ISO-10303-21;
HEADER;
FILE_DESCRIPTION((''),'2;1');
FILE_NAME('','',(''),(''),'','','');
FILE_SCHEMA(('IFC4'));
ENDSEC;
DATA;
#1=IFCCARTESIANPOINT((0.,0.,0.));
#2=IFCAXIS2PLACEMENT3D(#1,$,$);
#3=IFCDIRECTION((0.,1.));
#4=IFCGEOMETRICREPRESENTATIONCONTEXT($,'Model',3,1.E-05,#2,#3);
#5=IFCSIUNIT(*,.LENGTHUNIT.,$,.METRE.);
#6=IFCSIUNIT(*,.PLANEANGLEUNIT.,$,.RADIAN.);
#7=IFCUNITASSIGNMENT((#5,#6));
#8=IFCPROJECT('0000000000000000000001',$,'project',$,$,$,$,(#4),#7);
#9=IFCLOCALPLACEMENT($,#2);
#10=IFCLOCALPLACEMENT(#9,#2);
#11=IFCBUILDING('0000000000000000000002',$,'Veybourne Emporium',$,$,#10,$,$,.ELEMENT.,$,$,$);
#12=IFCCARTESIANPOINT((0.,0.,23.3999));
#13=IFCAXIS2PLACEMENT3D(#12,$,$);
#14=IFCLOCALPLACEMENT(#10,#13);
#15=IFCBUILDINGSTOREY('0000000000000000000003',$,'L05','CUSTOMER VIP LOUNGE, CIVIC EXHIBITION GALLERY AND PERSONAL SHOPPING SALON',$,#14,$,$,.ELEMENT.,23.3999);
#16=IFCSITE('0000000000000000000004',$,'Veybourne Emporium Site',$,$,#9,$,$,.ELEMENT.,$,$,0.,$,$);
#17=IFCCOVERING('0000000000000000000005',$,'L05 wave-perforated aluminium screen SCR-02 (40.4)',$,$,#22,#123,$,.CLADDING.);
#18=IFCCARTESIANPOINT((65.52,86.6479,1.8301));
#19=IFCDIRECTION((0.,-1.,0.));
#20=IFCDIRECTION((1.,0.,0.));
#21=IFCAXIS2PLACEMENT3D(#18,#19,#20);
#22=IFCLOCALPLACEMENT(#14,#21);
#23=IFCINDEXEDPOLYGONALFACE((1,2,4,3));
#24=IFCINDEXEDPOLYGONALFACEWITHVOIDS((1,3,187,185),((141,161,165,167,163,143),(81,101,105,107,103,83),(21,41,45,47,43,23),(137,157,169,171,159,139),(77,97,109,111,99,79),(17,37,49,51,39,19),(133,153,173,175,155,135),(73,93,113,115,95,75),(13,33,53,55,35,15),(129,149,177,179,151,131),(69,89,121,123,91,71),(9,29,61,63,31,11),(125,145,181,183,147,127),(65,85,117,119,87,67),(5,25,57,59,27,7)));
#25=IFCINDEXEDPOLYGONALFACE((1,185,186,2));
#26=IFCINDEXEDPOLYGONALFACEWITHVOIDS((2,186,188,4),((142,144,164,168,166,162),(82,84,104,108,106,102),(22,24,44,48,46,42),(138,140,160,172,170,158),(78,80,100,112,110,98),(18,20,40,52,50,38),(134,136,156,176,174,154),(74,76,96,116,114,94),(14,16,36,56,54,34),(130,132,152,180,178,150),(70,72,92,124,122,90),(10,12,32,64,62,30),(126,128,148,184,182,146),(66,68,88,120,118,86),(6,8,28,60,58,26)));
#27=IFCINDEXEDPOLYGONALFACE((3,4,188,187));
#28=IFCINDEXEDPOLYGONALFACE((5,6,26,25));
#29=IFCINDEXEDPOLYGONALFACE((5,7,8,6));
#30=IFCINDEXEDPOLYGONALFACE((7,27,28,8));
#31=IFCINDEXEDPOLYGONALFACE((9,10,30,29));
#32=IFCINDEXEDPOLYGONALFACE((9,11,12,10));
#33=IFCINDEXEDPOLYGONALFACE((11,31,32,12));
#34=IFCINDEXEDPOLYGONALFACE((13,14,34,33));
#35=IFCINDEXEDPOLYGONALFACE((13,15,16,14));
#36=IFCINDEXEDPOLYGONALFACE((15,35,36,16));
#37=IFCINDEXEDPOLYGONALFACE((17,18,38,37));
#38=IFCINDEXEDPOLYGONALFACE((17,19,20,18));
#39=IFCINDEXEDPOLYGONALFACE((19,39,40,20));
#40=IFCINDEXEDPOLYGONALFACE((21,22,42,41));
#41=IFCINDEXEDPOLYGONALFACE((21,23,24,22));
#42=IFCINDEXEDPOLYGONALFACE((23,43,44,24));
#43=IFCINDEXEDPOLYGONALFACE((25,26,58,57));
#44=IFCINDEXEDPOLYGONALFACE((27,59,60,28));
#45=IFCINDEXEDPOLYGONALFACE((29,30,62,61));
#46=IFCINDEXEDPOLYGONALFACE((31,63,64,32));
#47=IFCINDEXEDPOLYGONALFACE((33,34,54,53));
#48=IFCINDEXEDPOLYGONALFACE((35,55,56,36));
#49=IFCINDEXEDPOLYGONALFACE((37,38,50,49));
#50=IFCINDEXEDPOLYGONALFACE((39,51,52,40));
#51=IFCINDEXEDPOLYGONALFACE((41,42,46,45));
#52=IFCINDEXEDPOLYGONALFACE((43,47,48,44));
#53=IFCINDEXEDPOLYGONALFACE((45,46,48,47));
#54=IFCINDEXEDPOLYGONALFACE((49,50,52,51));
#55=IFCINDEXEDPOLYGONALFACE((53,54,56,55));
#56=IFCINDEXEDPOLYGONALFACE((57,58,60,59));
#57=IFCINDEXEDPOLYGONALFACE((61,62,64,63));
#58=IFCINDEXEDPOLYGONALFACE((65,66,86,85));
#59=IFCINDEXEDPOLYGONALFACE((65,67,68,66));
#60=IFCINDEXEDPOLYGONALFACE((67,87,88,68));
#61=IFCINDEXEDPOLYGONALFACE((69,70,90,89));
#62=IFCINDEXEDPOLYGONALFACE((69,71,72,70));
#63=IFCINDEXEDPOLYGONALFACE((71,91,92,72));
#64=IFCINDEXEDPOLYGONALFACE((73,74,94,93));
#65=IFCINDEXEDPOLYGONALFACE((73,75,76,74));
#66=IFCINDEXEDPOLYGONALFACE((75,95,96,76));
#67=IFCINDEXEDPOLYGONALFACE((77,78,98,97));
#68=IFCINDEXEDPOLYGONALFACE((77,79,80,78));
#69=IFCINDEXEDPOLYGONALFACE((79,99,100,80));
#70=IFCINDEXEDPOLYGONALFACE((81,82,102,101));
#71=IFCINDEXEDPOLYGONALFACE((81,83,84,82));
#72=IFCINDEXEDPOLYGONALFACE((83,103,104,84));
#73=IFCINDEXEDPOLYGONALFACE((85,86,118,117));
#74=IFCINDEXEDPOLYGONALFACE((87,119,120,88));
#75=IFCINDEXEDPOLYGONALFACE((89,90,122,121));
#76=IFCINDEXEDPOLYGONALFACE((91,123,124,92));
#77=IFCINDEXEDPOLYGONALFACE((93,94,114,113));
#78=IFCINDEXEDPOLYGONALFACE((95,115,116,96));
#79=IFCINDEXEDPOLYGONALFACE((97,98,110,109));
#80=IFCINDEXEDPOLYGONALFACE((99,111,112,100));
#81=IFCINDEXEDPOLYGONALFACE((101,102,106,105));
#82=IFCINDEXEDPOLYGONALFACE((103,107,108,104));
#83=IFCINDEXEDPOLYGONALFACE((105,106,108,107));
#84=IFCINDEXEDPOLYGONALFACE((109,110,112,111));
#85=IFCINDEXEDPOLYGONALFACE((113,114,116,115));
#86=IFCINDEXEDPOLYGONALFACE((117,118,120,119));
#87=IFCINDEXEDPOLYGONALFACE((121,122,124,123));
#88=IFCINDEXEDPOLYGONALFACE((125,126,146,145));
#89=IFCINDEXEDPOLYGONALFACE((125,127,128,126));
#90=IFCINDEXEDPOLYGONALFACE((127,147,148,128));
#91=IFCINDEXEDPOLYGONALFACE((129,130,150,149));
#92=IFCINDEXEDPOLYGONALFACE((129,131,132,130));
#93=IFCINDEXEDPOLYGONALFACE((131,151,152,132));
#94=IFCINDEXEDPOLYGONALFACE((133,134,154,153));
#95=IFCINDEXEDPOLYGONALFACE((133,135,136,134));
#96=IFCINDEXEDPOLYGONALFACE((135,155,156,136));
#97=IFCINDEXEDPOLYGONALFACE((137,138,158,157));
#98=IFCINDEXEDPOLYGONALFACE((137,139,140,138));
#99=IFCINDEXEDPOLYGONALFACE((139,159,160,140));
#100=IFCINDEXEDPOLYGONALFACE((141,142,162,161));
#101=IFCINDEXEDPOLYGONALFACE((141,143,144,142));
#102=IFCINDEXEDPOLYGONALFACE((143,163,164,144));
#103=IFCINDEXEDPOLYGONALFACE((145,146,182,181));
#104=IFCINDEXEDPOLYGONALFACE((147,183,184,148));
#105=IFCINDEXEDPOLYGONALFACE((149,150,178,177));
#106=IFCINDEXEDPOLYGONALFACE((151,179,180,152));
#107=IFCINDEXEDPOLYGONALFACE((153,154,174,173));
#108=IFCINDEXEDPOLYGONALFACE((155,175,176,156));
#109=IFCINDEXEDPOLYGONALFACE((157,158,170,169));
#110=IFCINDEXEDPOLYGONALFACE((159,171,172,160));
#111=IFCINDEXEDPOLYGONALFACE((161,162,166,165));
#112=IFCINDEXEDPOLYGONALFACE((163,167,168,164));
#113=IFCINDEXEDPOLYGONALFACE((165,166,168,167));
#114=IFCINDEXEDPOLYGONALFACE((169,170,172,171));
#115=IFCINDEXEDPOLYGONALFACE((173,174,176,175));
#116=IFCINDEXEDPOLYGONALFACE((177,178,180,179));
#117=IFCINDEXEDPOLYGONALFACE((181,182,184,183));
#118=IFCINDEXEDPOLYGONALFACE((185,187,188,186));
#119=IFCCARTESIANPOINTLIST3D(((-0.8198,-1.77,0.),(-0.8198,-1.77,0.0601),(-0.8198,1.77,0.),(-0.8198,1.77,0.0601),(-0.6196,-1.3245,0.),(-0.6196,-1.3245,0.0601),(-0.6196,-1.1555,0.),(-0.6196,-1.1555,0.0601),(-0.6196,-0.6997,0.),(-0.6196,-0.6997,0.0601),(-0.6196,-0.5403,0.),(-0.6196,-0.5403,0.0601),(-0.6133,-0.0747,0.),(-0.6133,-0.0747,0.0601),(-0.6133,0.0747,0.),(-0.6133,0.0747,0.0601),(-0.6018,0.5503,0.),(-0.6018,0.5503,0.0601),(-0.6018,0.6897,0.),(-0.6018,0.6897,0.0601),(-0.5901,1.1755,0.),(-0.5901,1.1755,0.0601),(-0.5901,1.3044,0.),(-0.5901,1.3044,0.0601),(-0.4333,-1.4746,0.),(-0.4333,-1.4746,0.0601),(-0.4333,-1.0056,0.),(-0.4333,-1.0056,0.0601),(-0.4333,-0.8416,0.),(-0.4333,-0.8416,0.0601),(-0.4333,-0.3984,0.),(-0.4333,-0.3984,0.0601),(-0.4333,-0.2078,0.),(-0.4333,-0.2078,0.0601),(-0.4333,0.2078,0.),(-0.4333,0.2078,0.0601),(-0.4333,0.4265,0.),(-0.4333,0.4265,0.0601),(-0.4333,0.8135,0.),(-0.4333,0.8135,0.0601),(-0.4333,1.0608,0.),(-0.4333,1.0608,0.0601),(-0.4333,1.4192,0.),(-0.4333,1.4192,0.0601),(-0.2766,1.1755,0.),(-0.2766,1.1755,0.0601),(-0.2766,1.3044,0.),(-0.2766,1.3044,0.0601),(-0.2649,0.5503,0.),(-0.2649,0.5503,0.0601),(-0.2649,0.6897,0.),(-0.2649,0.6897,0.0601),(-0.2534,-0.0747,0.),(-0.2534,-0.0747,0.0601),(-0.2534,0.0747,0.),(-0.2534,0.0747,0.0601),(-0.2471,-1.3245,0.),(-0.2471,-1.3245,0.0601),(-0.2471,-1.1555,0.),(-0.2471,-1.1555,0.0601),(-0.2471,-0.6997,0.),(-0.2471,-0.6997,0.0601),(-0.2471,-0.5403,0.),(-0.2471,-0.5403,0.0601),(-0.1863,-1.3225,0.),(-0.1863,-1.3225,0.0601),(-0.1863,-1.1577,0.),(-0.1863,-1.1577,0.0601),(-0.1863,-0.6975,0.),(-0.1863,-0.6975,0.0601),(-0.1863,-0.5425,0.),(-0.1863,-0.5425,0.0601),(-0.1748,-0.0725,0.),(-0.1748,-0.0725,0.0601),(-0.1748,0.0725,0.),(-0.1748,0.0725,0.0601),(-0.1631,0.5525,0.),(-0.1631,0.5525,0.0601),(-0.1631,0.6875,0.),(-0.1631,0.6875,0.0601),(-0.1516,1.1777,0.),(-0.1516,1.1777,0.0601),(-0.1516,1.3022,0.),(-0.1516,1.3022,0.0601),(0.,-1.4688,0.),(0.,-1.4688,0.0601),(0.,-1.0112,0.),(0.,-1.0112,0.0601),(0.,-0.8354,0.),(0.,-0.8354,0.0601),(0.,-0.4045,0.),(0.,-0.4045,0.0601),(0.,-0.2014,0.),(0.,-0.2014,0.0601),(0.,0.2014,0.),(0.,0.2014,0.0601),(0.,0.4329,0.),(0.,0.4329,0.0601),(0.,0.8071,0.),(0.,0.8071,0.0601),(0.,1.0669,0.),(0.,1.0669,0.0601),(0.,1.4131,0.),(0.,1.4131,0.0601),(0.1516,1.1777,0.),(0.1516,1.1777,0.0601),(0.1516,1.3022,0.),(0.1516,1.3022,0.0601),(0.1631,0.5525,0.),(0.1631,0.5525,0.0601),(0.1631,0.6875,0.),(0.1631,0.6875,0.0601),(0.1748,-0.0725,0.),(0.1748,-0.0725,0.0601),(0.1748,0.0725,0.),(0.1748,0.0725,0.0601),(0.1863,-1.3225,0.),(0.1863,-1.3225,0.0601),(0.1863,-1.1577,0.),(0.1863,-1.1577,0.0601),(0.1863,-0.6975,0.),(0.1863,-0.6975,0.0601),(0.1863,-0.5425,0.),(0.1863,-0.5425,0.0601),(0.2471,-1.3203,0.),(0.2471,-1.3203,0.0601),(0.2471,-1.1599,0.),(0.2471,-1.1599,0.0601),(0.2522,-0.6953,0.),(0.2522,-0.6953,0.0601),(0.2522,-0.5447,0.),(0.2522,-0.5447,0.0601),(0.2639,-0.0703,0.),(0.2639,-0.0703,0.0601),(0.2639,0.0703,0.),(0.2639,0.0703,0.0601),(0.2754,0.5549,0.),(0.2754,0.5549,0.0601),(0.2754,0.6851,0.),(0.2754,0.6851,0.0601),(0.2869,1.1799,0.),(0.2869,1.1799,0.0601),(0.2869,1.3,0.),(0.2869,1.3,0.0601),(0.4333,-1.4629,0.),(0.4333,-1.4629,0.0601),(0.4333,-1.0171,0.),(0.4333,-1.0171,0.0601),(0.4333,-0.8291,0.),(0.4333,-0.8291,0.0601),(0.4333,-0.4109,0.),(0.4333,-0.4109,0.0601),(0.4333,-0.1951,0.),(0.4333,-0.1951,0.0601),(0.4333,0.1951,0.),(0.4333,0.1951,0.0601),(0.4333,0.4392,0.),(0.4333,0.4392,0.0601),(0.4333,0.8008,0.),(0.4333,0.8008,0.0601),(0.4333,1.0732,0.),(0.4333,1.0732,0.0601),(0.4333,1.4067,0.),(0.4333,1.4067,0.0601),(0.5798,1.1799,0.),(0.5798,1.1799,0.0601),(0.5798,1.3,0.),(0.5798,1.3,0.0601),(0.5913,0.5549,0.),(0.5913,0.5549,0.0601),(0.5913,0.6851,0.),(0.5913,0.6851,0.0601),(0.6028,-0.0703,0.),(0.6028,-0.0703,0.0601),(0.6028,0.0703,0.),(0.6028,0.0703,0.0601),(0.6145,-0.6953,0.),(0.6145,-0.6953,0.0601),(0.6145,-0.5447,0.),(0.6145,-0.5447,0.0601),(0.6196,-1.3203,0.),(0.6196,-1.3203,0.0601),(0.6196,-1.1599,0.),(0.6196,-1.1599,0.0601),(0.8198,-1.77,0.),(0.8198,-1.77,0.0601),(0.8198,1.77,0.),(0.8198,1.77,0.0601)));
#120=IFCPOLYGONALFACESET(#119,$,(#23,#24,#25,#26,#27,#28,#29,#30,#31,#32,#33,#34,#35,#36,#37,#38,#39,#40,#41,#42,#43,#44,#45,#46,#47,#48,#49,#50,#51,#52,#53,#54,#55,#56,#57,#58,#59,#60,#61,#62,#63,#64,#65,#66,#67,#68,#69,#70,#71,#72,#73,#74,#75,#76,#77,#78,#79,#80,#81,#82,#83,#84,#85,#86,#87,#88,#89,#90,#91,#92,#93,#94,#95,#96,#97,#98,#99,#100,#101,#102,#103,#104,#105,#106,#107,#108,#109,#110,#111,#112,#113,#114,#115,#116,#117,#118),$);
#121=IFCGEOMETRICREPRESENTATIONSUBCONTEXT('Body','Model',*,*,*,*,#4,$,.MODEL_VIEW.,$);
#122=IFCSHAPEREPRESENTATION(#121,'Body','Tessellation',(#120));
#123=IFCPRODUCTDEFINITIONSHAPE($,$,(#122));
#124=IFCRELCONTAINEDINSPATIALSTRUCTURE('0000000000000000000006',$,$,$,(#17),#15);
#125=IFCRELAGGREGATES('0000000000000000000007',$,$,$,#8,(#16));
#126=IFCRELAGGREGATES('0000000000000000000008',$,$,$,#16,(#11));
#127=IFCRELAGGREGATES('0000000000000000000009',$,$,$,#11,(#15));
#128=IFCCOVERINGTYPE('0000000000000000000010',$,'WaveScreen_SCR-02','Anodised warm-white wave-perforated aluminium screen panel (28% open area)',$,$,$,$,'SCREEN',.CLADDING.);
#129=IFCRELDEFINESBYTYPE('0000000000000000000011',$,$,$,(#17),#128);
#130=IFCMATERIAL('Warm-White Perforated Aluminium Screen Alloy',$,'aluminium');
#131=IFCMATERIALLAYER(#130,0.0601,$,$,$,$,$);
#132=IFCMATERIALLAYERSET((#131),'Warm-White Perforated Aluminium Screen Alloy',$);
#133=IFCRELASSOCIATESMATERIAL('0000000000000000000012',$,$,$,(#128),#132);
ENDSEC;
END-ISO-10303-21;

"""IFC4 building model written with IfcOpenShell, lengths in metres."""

from ifc_helpers import new_model, si_unit, direction, frame, origin, place, context, subcontext, project, spatial, polyline, outline, extrude, material, layer, layer_set, type_object, element, save


model = new_model("IFC4")

# Units and contexts
model_context = context("Model", 3, precision=1e-05, world=origin(), true_north=direction((0.0, 1.0)))
body_context = subcontext(model_context, "Body", "Model", "MODEL_VIEW")
ifc_project = project(units=[si_unit("LENGTHUNIT", "METRE"), si_unit("PLANEANGLEUNIT", "RADIAN")], contexts=[model_context])

# Site, building, storey
site_placement = place(None, origin())
site = spatial("IfcSite", under=ifc_project, at=site_placement, Name="Veybourne Emporium Site", CompositionType="ELEMENT", RefElevation=0.0)
building_placement = place(site_placement, origin())
building = spatial("IfcBuilding", under=site, at=building_placement, Name="Veybourne Emporium", CompositionType="ELEMENT")
storey_placement = place(building_placement, frame((0.0, 0.0, 23.3999)))
storey = spatial("IfcBuildingStorey", under=building, at=storey_placement, Name="L05", Description="CUSTOMER VIP LOUNGE, CIVIC EXHIBITION GALLERY AND PERSONAL SHOPPING SALON", CompositionType="ELEMENT", Elevation=23.3999)

# Covering
ifc_material_1 = material(Name="Warm-White Perforated Aluminium Screen Alloy", Category="aluminium")
ifc_layer_1 = layer(ifc_material_1, 0.0601)
ifc_layer_set_1 = layer_set([ifc_layer_1], Name="Warm-White Perforated Aluminium Screen Alloy")
covering_type_1 = type_object("IfcCoveringType", Name="WaveScreen_SCR-02", Description="Anodised warm-white wave-perforated aluminium screen panel (28% open area)", ElementType="SCREEN", PredefinedType="CLADDING", material=ifc_layer_set_1)
covering_1_placement = place(storey_placement, frame((65.52, 86.6479, 1.8301), z_axis=(0.0, -1.0, 0.0), x_axis=(1.0, 0.0, 0.0)))
element("IfcCovering", 1, at=covering_1_placement, inside=storey, type_object=covering_type_1, Name="L05 wave-perforated aluminium screen SCR-02 (40.4)", PredefinedType="CLADDING", context=body_context, shape_type="SweptSolid", body=[
    extrude(outline(polyline([(-0.8198, -1.77), (0.8198, -1.77), (0.8198, 1.77), (-0.8198, 1.77), (-0.8198, -1.77)]), holes=[polyline([(-0.4333, -1.0056), (-0.2471, -1.1555), (-0.2471, -1.3245), (-0.4333, -1.4746), (-0.6196, -1.3245), (-0.6196, -1.1555), (-0.4333, -1.0056)]), polyline([(-0.4333, -0.3984), (-0.2471, -0.5403), (-0.2471, -0.6997), (-0.4333, -0.8416), (-0.6196, -0.6997), (-0.6196, -0.5403), (-0.4333, -0.3984)]), polyline([(-0.4333, 0.2078), (-0.2534, 0.0747), (-0.2534, -0.0747), (-0.4333, -0.2078), (-0.6133, -0.0747), (-0.6133, 0.0747), (-0.4333, 0.2078)]), polyline([(-0.4333, 0.8135), (-0.2649, 0.6897), (-0.2649, 0.5503), (-0.4333, 0.4265), (-0.6018, 0.5503), (-0.6018, 0.6897), (-0.4333, 0.8135)]), polyline([(-0.4333, 1.4192), (-0.2766, 1.3044), (-0.2766, 1.1755), (-0.4333, 1.0608), (-0.5901, 1.1755), (-0.5901, 1.3044), (-0.4333, 1.4192)]), polyline([(0.0, -1.0112), (0.1863, -1.1577), (0.1863, -1.3225), (0.0, -1.4688), (-0.1863, -1.3225), (-0.1863, -1.1577), (0.0, -1.0112)]), polyline([(0.0, -0.4045), (0.1863, -0.5425), (0.1863, -0.6975), (0.0, -0.8354), (-0.1863, -0.6975), (-0.1863, -0.5425), (0.0, -0.4045)]), polyline([(0.0, 0.2014), (0.1748, 0.0725), (0.1748, -0.0725), (0.0, -0.2014), (-0.1748, -0.0725), (-0.1748, 0.0725), (0.0, 0.2014)]), polyline([(0.0, 0.8071), (0.1631, 0.6875), (0.1631, 0.5525), (0.0, 0.4329), (-0.1631, 0.5525), (-0.1631, 0.6875), (0.0, 0.8071)]), polyline([(0.0, 1.4131), (0.1516, 1.3022), (0.1516, 1.1777), (0.0, 1.0669), (-0.1516, 1.1777), (-0.1516, 1.3022), (0.0, 1.4131)]), polyline([(0.4333, -1.0171), (0.6196, -1.1599), (0.6196, -1.3203), (0.4333, -1.4629), (0.2471, -1.3203), (0.2471, -1.1599), (0.4333, -1.0171)]), polyline([(0.4333, -0.4109), (0.6145, -0.5447), (0.6145, -0.6953), (0.4333, -0.8291), (0.2522, -0.6953), (0.2522, -0.5447), (0.4333, -0.4109)]), polyline([(0.4333, 0.1951), (0.6028, 0.0703), (0.6028, -0.0703), (0.4333, -0.1951), (0.2639, -0.0703), (0.2639, 0.0703), (0.4333, 0.1951)]), polyline([(0.4333, 0.8008), (0.5913, 0.6851), (0.5913, 0.5549), (0.4333, 0.4392), (0.2754, 0.5549), (0.2754, 0.6851), (0.4333, 0.8008)]), polyline([(0.4333, 1.4067), (0.5798, 1.3), (0.5798, 1.1799), (0.4333, 1.0732), (0.2869, 1.1799), (0.2869, 1.3), (0.4333, 1.4067)])]), origin(), (0.0, 0.0, 1.0), 0.0601),
])

save(model, "model.ifc")
